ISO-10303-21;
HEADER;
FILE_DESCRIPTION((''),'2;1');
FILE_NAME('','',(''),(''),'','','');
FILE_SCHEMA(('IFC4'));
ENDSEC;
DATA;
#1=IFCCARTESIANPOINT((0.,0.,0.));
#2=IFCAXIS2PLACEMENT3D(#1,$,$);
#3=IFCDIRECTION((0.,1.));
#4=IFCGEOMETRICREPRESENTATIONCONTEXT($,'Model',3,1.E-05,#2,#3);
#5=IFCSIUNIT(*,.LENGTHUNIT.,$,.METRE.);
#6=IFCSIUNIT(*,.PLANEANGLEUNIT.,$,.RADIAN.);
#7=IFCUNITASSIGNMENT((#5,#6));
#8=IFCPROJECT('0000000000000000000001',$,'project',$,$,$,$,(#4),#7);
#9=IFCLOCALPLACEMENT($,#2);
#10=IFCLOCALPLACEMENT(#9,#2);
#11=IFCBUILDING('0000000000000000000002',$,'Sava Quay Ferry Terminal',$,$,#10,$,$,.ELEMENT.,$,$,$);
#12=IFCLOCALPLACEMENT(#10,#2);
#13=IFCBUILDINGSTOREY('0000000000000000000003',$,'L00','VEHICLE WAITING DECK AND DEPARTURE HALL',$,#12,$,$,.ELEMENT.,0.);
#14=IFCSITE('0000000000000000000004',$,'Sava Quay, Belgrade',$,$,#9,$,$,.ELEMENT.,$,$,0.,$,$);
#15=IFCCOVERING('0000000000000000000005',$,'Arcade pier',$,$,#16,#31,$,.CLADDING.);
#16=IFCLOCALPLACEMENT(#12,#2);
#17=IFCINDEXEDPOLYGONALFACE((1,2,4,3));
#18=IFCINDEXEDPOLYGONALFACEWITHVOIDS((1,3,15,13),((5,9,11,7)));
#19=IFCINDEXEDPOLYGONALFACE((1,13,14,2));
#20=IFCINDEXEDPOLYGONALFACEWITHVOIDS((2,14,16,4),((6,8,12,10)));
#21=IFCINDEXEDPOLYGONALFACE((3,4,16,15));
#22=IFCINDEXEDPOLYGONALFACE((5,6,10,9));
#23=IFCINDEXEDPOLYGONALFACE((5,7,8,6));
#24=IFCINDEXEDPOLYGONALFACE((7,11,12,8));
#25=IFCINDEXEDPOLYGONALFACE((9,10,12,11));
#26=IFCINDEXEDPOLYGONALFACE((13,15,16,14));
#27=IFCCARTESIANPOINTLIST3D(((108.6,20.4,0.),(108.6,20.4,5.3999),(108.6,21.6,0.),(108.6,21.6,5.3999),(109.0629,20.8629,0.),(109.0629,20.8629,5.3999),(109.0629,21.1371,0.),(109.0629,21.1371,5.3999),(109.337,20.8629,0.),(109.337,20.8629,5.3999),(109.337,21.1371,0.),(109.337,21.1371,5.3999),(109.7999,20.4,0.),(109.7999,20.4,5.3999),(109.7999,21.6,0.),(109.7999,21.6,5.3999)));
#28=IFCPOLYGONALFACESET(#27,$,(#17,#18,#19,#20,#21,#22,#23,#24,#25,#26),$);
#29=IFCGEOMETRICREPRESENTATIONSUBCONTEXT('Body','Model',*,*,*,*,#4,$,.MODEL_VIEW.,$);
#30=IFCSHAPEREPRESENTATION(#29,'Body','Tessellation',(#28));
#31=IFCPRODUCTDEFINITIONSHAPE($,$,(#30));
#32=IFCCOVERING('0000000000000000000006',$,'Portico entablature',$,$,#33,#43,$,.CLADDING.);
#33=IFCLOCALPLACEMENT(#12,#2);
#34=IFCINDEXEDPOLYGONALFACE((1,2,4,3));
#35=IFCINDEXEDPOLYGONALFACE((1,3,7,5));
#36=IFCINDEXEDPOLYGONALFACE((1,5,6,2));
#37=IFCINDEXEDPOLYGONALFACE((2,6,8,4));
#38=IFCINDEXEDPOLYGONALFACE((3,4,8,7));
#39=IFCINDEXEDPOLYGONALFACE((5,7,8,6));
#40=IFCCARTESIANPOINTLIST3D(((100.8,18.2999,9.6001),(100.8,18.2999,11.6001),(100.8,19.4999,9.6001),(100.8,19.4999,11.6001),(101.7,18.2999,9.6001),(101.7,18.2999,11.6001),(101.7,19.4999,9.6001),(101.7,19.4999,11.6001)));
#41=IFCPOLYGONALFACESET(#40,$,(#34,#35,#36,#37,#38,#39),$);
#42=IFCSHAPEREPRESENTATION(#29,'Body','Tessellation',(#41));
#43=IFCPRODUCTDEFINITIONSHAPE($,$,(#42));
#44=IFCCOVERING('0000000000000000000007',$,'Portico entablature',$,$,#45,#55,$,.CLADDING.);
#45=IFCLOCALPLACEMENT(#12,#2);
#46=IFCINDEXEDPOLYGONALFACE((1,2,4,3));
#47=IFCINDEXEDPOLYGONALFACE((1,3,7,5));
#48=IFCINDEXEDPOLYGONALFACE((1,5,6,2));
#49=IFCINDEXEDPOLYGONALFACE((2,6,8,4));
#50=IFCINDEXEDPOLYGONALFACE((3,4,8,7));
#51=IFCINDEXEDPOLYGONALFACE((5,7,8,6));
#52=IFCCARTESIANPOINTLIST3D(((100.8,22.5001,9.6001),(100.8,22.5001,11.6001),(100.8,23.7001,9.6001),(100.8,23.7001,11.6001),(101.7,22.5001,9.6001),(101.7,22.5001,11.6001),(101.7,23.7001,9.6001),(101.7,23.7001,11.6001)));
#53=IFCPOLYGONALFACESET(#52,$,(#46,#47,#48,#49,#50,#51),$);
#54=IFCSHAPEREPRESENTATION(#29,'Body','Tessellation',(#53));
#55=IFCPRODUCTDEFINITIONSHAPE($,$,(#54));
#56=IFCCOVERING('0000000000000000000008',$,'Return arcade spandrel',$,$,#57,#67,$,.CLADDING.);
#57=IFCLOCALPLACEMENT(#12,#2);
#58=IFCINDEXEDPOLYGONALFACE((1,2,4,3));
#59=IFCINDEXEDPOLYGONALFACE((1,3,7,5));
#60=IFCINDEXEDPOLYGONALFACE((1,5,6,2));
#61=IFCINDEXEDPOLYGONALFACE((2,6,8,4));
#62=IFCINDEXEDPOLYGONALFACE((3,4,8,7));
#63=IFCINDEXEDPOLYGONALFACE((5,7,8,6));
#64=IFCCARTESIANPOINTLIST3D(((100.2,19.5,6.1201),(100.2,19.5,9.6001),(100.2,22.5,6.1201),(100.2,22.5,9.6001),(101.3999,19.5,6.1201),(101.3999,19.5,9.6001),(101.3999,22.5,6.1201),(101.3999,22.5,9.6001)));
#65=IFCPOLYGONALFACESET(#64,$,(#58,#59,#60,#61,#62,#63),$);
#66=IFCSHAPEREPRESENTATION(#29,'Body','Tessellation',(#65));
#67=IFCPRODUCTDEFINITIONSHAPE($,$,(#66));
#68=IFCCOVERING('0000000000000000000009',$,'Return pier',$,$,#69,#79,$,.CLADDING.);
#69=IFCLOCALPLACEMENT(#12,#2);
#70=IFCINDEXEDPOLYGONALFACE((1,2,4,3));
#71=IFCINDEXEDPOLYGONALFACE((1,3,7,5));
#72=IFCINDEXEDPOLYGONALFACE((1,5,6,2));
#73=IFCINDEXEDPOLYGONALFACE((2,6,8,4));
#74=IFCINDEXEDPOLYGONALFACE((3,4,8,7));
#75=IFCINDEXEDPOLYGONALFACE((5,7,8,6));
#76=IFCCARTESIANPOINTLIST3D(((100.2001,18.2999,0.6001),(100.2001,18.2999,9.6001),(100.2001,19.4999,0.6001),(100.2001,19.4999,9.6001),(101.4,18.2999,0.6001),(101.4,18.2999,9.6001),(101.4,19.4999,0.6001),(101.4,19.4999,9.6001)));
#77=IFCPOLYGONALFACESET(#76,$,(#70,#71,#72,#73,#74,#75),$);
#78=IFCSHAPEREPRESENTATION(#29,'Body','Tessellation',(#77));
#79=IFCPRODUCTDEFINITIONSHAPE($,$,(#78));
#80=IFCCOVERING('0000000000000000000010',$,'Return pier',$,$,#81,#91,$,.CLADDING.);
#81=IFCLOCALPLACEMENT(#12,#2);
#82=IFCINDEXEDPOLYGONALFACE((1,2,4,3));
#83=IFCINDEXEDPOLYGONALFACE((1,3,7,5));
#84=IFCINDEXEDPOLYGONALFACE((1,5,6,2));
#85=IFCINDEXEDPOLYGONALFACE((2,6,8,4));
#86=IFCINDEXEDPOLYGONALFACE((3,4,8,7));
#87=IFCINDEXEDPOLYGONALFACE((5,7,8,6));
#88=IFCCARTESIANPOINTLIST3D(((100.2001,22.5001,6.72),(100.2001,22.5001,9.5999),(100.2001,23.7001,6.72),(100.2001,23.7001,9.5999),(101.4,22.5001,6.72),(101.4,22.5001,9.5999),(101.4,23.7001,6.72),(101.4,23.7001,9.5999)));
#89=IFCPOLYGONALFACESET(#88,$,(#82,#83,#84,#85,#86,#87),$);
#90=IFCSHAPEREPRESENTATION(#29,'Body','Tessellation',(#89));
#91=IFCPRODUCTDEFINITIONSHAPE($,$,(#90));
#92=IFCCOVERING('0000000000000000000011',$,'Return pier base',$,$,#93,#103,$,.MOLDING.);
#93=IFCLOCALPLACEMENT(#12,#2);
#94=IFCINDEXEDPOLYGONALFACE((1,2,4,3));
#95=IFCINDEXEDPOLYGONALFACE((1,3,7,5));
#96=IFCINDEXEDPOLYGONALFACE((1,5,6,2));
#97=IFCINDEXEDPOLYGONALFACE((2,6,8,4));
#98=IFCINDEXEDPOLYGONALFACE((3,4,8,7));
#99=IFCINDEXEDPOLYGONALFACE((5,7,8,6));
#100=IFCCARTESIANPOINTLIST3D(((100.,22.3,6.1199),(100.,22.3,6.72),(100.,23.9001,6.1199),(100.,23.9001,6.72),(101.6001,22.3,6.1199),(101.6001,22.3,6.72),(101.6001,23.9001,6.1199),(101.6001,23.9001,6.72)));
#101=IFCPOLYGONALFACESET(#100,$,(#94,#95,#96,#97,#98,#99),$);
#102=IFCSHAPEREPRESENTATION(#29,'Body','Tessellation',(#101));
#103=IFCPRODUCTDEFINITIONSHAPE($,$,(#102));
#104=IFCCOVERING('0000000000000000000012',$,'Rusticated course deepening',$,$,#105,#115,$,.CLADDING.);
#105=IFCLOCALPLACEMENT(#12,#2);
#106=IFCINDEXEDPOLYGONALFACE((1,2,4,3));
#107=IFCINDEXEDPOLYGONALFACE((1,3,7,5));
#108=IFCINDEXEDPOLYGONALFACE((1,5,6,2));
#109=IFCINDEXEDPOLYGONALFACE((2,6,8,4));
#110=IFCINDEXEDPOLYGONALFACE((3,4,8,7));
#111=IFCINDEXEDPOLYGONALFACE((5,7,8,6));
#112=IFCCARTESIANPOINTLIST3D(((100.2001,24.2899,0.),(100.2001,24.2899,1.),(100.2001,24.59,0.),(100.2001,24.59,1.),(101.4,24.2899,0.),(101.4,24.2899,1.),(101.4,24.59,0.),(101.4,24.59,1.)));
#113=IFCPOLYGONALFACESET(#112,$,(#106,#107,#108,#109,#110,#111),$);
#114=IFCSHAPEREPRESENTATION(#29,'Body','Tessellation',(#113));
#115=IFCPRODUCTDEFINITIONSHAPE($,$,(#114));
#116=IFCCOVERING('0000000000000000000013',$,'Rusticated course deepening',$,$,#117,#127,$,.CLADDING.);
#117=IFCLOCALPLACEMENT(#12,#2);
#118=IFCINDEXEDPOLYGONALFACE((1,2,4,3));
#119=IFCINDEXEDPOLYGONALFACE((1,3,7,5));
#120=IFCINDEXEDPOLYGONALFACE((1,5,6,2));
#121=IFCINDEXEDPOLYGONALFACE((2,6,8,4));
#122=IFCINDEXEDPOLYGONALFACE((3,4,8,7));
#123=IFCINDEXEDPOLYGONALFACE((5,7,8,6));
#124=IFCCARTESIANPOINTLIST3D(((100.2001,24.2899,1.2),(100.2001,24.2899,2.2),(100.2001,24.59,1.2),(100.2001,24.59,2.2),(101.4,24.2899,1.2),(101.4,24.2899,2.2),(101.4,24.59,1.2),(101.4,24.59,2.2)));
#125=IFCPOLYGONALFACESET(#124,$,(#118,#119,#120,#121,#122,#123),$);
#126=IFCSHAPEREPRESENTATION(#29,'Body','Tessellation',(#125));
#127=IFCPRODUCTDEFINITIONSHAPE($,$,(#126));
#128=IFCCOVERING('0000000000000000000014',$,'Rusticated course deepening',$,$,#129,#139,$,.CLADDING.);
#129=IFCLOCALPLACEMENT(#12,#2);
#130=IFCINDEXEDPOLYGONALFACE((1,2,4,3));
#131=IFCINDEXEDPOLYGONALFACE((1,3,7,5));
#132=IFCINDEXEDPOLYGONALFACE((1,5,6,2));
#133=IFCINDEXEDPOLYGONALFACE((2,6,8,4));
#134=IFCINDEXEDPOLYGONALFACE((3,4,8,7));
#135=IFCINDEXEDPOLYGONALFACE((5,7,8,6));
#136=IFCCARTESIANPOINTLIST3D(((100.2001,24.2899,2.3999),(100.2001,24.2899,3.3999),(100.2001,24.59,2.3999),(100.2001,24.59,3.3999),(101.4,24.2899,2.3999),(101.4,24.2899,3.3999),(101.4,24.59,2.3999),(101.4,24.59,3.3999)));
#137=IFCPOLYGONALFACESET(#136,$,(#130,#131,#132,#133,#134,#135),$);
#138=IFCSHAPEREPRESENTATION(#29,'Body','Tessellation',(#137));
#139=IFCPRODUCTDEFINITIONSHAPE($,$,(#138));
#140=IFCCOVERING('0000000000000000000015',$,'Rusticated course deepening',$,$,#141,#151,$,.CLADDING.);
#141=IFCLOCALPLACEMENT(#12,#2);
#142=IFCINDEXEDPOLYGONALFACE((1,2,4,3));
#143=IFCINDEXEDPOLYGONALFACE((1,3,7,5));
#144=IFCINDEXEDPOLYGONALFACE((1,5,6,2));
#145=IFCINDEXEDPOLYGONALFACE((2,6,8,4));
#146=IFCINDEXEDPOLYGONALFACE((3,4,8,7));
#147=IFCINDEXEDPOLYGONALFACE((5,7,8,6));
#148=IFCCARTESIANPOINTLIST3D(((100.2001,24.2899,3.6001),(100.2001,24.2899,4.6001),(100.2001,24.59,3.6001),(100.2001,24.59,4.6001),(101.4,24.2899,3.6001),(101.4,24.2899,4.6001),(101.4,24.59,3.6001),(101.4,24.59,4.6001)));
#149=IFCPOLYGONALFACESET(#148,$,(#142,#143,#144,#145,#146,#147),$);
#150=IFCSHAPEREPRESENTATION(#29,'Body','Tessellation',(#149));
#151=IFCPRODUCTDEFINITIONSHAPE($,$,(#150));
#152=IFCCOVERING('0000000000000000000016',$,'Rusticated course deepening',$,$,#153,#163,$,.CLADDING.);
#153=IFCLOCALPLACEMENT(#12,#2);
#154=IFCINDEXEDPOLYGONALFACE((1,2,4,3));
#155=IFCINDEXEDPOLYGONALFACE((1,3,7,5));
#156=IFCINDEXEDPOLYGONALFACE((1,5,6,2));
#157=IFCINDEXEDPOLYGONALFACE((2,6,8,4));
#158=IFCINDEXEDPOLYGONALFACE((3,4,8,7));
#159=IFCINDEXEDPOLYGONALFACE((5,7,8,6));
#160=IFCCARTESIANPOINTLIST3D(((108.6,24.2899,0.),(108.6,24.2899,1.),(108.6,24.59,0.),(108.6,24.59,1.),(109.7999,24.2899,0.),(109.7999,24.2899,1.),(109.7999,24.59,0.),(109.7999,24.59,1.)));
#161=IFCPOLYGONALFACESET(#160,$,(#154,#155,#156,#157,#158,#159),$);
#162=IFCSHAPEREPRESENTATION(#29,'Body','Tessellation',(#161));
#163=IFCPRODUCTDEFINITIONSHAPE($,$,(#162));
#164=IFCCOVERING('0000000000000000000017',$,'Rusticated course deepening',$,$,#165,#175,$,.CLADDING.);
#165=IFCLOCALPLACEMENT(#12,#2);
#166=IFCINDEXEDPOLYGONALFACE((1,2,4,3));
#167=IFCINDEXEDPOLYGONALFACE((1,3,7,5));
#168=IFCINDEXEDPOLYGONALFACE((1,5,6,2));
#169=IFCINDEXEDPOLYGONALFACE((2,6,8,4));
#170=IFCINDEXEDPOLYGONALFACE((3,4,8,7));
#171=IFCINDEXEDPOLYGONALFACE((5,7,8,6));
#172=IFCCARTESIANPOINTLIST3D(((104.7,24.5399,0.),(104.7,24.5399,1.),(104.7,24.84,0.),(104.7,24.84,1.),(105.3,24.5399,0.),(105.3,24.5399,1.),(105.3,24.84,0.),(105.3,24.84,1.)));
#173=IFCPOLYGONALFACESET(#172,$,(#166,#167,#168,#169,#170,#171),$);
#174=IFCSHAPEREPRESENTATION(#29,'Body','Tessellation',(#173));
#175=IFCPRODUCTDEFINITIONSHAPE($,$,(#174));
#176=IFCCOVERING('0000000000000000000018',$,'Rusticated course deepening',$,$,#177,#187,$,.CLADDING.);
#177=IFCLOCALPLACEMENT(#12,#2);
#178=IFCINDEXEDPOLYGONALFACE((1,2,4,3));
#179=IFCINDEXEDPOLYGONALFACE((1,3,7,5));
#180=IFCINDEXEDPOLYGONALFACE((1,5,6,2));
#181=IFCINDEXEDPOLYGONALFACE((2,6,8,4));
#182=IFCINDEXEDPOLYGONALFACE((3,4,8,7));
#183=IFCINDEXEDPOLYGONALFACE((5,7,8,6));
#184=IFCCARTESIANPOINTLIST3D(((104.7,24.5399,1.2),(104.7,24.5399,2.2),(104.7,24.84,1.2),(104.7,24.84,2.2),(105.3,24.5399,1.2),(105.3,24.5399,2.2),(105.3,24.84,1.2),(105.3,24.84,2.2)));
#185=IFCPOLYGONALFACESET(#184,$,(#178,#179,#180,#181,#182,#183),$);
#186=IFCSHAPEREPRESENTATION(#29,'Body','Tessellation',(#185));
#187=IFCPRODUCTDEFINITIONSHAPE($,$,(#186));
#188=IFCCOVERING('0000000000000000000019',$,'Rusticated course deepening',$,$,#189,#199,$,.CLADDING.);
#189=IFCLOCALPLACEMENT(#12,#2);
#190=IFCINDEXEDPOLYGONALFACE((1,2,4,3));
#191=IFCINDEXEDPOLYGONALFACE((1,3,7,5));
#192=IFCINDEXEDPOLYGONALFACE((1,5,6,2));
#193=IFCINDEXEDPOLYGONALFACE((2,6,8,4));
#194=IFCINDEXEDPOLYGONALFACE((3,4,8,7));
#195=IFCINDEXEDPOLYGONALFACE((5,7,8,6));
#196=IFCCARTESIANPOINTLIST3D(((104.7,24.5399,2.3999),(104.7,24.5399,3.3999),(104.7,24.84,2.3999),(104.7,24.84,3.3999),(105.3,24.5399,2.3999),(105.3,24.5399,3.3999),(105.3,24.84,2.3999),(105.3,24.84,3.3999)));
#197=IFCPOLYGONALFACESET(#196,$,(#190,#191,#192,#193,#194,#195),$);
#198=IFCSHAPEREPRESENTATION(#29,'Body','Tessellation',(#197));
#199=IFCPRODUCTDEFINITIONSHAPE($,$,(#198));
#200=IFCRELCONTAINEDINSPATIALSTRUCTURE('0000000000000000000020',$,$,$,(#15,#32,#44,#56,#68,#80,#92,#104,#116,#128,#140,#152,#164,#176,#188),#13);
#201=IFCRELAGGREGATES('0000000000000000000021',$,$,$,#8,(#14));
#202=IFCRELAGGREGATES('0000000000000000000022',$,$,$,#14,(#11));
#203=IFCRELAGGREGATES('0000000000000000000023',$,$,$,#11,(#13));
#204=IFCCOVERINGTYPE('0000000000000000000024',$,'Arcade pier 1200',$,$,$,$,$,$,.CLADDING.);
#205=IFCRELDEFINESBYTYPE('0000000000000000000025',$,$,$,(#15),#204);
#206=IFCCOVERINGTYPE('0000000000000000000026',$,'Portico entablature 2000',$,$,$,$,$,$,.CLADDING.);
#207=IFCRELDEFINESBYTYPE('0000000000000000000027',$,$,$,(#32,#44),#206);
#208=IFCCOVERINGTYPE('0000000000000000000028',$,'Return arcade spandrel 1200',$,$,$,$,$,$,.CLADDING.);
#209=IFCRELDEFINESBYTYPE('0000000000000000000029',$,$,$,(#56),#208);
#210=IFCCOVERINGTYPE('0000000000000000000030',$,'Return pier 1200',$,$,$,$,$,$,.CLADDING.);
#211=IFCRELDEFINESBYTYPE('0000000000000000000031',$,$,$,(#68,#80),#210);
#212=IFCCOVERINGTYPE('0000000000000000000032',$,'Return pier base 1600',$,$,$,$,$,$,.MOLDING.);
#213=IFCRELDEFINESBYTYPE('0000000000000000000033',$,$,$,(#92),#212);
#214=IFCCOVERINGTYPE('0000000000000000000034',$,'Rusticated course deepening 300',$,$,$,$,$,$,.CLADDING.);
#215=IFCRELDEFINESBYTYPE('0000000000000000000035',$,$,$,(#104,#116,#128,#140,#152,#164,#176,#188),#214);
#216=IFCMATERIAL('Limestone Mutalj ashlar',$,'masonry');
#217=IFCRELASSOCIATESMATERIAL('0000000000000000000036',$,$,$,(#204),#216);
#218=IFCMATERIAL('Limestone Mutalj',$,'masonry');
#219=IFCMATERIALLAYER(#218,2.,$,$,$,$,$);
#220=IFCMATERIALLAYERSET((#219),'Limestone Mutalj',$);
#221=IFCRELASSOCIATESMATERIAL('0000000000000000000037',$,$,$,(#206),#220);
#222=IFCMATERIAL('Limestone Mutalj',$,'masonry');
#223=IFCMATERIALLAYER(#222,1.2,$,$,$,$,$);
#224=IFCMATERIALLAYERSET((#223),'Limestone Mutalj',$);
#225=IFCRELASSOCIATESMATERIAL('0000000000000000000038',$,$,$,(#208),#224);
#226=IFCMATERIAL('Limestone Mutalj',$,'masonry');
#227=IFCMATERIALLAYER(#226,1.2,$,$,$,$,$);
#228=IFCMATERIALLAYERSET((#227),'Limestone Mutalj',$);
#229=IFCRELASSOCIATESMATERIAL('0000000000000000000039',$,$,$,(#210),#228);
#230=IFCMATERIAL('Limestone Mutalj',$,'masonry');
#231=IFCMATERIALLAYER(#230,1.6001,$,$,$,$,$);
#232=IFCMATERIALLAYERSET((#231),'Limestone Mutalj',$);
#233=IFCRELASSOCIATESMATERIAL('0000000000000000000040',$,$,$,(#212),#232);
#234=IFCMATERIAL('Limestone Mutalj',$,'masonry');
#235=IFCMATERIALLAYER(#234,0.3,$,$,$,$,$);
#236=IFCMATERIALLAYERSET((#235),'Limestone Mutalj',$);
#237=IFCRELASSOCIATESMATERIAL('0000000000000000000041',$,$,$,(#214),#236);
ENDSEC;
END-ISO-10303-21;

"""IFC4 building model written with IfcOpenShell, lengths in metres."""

from ifc_helpers import new_model, si_unit, direction, frame, origin, origin_2d, place, context, subcontext, project, spatial, polyline, rectangle, hollow_rectangle, outline, extrude, material, layer, layer_set, material_profile, profile_set, type_object, element, save


model = new_model("IFC4")

# Units and contexts
model_context = context("Model", 3, precision=1e-05, world=origin(), true_north=direction((0.0, 1.0)))
body_context = subcontext(model_context, "Body", "Model", "MODEL_VIEW")
ifc_project = project(units=[si_unit("LENGTHUNIT", "METRE"), si_unit("PLANEANGLEUNIT", "RADIAN")], contexts=[model_context])

# Site, building, storey
site_placement = place(None, origin())
site = spatial("IfcSite", under=ifc_project, at=site_placement, Name="Sava Quay, Belgrade", CompositionType="ELEMENT", RefElevation=0.0)
building_placement = place(site_placement, origin())
building = spatial("IfcBuilding", under=site, at=building_placement, Name="Sava Quay Ferry Terminal", CompositionType="ELEMENT")
storey_placement = place(building_placement, origin())
storey = spatial("IfcBuildingStorey", under=building, at=storey_placement, Name="L00", Description="VEHICLE WAITING DECK AND DEPARTURE HALL", CompositionType="ELEMENT", Elevation=0.0)

# Coverings
ifc_material_1 = material(Name="Limestone Mutalj ashlar", Category="masonry")
ifc_material_profile_1 = material_profile(ifc_material_1, hollow_rectangle(XDim=1.2, YDim=1.2, WallThickness=0.4629, at=origin_2d()), Name="Arcade pier 1200")
ifc_profile_set_1 = profile_set([ifc_material_profile_1], Name="Limestone Mutalj ashlar")
covering_type_1 = type_object("IfcCoveringType", Name="Arcade pier 1200", PredefinedType="CLADDING", material=ifc_profile_set_1)
for number, where, z_axis, x_axis, name in (
    (1, (109.2, 21.0, 0.0), (0.0, 0.0, 1.0), (1.0, 0.0, 0.0), "Arcade pier"),
):
    element("IfcCovering", number, at=place(storey_placement, frame(where, z_axis=z_axis, x_axis=x_axis)), inside=storey, type_object=covering_type_1, Name=name, PredefinedType="CLADDING", context=body_context, shape_type="SweptSolid", body=[
        extrude(hollow_rectangle(XDim=1.2, YDim=1.2, WallThickness=0.4629, at=origin_2d()), origin(), (0.0, 0.0, 1.0), 5.3999),
    ])
ifc_material_2 = material(Name="Limestone Mutalj", Category="masonry")
ifc_layer_1 = layer(ifc_material_2, 2.0)
ifc_layer_set_1 = layer_set([ifc_layer_1], Name="Limestone Mutalj")
covering_type_2 = type_object("IfcCoveringType", Name="Portico entablature 2000", PredefinedType="CLADDING", material=ifc_layer_set_1)
for number, where, z_axis, x_axis, name in (
    (2, (101.25, 18.8999, 9.6001), (0.0, 0.0, 1.0), (1.0, 0.0, 0.0), "Portico entablature"),
    (3, (101.25, 23.1001, 9.6001), (0.0, 0.0, 1.0), (1.0, 0.0, 0.0), "Portico entablature"),
):
    element("IfcCovering", number, at=place(storey_placement, frame(where, z_axis=z_axis, x_axis=x_axis)), inside=storey, type_object=covering_type_2, Name=name, PredefinedType="CLADDING", context=body_context, shape_type="SweptSolid", body=[
        extrude(rectangle(XDim=0.8999, YDim=1.2, at=origin_2d()), origin(), (0.0, 0.0, 1.0), 2.0),
    ])
ifc_material_3 = material(Name="Limestone Mutalj", Category="masonry")
ifc_layer_2 = layer(ifc_material_3, 1.2)
ifc_layer_set_2 = layer_set([ifc_layer_2], Name="Limestone Mutalj")
covering_type_3 = type_object("IfcCoveringType", Name="Return arcade spandrel 1200", PredefinedType="CLADDING", material=ifc_layer_set_2)
covering_1_placement = place(storey_placement, frame((100.2, 19.5, 6.1201), z_axis=(-1.0, 0.0, 0.0), x_axis=(0.0, 0.0, 1.0)))
element("IfcCovering", 4, at=covering_1_placement, inside=storey, type_object=covering_type_3, Name="Return arcade spandrel", PredefinedType="CLADDING", context=body_context, shape_type="SweptSolid", body=[
    extrude(outline(polyline([(0.0, 0.0), (3.48, 0.0), (3.48, 3.0), (0.0, 3.0), (0.0, 0.0)])), origin(), (0.0, 0.0, -1.0), 1.2),
])
ifc_material_4 = material(Name="Limestone Mutalj", Category="masonry")
ifc_layer_3 = layer(ifc_material_4, 1.2)
ifc_layer_set_3 = layer_set([ifc_layer_3], Name="Limestone Mutalj")
covering_type_4 = type_object("IfcCoveringType", Name="Return pier 1200", PredefinedType="CLADDING", material=ifc_layer_set_3)
covering_2_placement = place(storey_placement, frame((100.8, 18.8999, 0.6001), z_axis=(0.0, 0.0, 1.0), x_axis=(1.0, 0.0, 0.0)))
element("IfcCovering", 5, at=covering_2_placement, inside=storey, type_object=covering_type_4, Name="Return pier", PredefinedType="CLADDING", context=body_context, shape_type="SweptSolid", body=[
    extrude(rectangle(XDim=1.2, YDim=1.2, at=origin_2d()), origin(), (0.0, 0.0, 1.0), 9.0),
])
covering_3_placement = place(storey_placement, frame((100.8, 23.1001, 6.72), z_axis=(0.0, 0.0, 1.0), x_axis=(1.0, 0.0, 0.0)))
element("IfcCovering", 6, at=covering_3_placement, inside=storey, type_object=covering_type_4, Name="Return pier", PredefinedType="CLADDING", context=body_context, shape_type="SweptSolid", body=[
    extrude(rectangle(XDim=1.2, YDim=1.2, at=origin_2d()), origin(), (0.0, 0.0, 1.0), 2.8799),
])
ifc_material_5 = material(Name="Limestone Mutalj", Category="masonry")
ifc_layer_4 = layer(ifc_material_5, 1.6001)
ifc_layer_set_4 = layer_set([ifc_layer_4], Name="Limestone Mutalj")
covering_type_5 = type_object("IfcCoveringType", Name="Return pier base 1600", PredefinedType="MOLDING", material=ifc_layer_set_4)
covering_4_placement = place(storey_placement, frame((100.8, 23.1001, 6.1199), z_axis=(0.0, 0.0, 1.0), x_axis=(1.0, 0.0, 0.0)))
element("IfcCovering", 7, at=covering_4_placement, inside=storey, type_object=covering_type_5, Name="Return pier base", PredefinedType="MOLDING", context=body_context, shape_type="SweptSolid", body=[
    extrude(rectangle(XDim=1.6001, YDim=1.6001, at=origin_2d()), origin(), (0.0, 0.0, 1.0), 0.6001),
])
ifc_material_6 = material(Name="Limestone Mutalj", Category="masonry")
ifc_layer_5 = layer(ifc_material_6, 0.3)
ifc_layer_set_5 = layer_set([ifc_layer_5], Name="Limestone Mutalj")
covering_type_6 = type_object("IfcCoveringType", Name="Rusticated course deepening 300", PredefinedType="CLADDING", material=ifc_layer_set_5)
for number, where, z_axis, x_axis, name in (
    (8, (100.8, 24.4399, 0.0), (0.0, 0.0, 1.0), (1.0, 0.0, 0.0), "Rusticated course deepening"),
    (9, (100.8, 24.4399, 1.2), (0.0, 0.0, 1.0), (1.0, 0.0, 0.0), "Rusticated course deepening"),
    (10, (100.8, 24.4399, 2.3999), (0.0, 0.0, 1.0), (1.0, 0.0, 0.0), "Rusticated course deepening"),
    (11, (100.8, 24.4399, 3.6001), (0.0, 0.0, 1.0), (1.0, 0.0, 0.0), "Rusticated course deepening"),
    (12, (109.2, 24.4399, 0.0), (0.0, 0.0, 1.0), (1.0, 0.0, 0.0), "Rusticated course deepening"),
):
    element("IfcCovering", number, at=place(storey_placement, frame(where, z_axis=z_axis, x_axis=x_axis)), inside=storey, type_object=covering_type_6, Name=name, PredefinedType="CLADDING", context=body_context, shape_type="SweptSolid", body=[
        extrude(rectangle(XDim=1.2, YDim=0.3, at=origin_2d()), origin(), (0.0, 0.0, 1.0), 1.0),
    ])
for number, where, z_axis, x_axis, name in (
    (13, (105.0, 24.6899, 0.0), (0.0, 0.0, 1.0), (1.0, 0.0, 0.0), "Rusticated course deepening"),
    (14, (105.0, 24.6899, 1.2), (0.0, 0.0, 1.0), (1.0, 0.0, 0.0), "Rusticated course deepening"),
    (15, (105.0, 24.6899, 2.3999), (0.0, 0.0, 1.0), (1.0, 0.0, 0.0), "Rusticated course deepening"),
):
    element("IfcCovering", number, at=place(storey_placement, frame(where, z_axis=z_axis, x_axis=x_axis)), inside=storey, type_object=covering_type_6, Name=name, PredefinedType="CLADDING", context=body_context, shape_type="SweptSolid", body=[
        extrude(rectangle(XDim=0.6001, YDim=0.3, at=origin_2d()), origin(), (0.0, 0.0, 1.0), 1.0),
    ])

save(model, "model.ifc")
